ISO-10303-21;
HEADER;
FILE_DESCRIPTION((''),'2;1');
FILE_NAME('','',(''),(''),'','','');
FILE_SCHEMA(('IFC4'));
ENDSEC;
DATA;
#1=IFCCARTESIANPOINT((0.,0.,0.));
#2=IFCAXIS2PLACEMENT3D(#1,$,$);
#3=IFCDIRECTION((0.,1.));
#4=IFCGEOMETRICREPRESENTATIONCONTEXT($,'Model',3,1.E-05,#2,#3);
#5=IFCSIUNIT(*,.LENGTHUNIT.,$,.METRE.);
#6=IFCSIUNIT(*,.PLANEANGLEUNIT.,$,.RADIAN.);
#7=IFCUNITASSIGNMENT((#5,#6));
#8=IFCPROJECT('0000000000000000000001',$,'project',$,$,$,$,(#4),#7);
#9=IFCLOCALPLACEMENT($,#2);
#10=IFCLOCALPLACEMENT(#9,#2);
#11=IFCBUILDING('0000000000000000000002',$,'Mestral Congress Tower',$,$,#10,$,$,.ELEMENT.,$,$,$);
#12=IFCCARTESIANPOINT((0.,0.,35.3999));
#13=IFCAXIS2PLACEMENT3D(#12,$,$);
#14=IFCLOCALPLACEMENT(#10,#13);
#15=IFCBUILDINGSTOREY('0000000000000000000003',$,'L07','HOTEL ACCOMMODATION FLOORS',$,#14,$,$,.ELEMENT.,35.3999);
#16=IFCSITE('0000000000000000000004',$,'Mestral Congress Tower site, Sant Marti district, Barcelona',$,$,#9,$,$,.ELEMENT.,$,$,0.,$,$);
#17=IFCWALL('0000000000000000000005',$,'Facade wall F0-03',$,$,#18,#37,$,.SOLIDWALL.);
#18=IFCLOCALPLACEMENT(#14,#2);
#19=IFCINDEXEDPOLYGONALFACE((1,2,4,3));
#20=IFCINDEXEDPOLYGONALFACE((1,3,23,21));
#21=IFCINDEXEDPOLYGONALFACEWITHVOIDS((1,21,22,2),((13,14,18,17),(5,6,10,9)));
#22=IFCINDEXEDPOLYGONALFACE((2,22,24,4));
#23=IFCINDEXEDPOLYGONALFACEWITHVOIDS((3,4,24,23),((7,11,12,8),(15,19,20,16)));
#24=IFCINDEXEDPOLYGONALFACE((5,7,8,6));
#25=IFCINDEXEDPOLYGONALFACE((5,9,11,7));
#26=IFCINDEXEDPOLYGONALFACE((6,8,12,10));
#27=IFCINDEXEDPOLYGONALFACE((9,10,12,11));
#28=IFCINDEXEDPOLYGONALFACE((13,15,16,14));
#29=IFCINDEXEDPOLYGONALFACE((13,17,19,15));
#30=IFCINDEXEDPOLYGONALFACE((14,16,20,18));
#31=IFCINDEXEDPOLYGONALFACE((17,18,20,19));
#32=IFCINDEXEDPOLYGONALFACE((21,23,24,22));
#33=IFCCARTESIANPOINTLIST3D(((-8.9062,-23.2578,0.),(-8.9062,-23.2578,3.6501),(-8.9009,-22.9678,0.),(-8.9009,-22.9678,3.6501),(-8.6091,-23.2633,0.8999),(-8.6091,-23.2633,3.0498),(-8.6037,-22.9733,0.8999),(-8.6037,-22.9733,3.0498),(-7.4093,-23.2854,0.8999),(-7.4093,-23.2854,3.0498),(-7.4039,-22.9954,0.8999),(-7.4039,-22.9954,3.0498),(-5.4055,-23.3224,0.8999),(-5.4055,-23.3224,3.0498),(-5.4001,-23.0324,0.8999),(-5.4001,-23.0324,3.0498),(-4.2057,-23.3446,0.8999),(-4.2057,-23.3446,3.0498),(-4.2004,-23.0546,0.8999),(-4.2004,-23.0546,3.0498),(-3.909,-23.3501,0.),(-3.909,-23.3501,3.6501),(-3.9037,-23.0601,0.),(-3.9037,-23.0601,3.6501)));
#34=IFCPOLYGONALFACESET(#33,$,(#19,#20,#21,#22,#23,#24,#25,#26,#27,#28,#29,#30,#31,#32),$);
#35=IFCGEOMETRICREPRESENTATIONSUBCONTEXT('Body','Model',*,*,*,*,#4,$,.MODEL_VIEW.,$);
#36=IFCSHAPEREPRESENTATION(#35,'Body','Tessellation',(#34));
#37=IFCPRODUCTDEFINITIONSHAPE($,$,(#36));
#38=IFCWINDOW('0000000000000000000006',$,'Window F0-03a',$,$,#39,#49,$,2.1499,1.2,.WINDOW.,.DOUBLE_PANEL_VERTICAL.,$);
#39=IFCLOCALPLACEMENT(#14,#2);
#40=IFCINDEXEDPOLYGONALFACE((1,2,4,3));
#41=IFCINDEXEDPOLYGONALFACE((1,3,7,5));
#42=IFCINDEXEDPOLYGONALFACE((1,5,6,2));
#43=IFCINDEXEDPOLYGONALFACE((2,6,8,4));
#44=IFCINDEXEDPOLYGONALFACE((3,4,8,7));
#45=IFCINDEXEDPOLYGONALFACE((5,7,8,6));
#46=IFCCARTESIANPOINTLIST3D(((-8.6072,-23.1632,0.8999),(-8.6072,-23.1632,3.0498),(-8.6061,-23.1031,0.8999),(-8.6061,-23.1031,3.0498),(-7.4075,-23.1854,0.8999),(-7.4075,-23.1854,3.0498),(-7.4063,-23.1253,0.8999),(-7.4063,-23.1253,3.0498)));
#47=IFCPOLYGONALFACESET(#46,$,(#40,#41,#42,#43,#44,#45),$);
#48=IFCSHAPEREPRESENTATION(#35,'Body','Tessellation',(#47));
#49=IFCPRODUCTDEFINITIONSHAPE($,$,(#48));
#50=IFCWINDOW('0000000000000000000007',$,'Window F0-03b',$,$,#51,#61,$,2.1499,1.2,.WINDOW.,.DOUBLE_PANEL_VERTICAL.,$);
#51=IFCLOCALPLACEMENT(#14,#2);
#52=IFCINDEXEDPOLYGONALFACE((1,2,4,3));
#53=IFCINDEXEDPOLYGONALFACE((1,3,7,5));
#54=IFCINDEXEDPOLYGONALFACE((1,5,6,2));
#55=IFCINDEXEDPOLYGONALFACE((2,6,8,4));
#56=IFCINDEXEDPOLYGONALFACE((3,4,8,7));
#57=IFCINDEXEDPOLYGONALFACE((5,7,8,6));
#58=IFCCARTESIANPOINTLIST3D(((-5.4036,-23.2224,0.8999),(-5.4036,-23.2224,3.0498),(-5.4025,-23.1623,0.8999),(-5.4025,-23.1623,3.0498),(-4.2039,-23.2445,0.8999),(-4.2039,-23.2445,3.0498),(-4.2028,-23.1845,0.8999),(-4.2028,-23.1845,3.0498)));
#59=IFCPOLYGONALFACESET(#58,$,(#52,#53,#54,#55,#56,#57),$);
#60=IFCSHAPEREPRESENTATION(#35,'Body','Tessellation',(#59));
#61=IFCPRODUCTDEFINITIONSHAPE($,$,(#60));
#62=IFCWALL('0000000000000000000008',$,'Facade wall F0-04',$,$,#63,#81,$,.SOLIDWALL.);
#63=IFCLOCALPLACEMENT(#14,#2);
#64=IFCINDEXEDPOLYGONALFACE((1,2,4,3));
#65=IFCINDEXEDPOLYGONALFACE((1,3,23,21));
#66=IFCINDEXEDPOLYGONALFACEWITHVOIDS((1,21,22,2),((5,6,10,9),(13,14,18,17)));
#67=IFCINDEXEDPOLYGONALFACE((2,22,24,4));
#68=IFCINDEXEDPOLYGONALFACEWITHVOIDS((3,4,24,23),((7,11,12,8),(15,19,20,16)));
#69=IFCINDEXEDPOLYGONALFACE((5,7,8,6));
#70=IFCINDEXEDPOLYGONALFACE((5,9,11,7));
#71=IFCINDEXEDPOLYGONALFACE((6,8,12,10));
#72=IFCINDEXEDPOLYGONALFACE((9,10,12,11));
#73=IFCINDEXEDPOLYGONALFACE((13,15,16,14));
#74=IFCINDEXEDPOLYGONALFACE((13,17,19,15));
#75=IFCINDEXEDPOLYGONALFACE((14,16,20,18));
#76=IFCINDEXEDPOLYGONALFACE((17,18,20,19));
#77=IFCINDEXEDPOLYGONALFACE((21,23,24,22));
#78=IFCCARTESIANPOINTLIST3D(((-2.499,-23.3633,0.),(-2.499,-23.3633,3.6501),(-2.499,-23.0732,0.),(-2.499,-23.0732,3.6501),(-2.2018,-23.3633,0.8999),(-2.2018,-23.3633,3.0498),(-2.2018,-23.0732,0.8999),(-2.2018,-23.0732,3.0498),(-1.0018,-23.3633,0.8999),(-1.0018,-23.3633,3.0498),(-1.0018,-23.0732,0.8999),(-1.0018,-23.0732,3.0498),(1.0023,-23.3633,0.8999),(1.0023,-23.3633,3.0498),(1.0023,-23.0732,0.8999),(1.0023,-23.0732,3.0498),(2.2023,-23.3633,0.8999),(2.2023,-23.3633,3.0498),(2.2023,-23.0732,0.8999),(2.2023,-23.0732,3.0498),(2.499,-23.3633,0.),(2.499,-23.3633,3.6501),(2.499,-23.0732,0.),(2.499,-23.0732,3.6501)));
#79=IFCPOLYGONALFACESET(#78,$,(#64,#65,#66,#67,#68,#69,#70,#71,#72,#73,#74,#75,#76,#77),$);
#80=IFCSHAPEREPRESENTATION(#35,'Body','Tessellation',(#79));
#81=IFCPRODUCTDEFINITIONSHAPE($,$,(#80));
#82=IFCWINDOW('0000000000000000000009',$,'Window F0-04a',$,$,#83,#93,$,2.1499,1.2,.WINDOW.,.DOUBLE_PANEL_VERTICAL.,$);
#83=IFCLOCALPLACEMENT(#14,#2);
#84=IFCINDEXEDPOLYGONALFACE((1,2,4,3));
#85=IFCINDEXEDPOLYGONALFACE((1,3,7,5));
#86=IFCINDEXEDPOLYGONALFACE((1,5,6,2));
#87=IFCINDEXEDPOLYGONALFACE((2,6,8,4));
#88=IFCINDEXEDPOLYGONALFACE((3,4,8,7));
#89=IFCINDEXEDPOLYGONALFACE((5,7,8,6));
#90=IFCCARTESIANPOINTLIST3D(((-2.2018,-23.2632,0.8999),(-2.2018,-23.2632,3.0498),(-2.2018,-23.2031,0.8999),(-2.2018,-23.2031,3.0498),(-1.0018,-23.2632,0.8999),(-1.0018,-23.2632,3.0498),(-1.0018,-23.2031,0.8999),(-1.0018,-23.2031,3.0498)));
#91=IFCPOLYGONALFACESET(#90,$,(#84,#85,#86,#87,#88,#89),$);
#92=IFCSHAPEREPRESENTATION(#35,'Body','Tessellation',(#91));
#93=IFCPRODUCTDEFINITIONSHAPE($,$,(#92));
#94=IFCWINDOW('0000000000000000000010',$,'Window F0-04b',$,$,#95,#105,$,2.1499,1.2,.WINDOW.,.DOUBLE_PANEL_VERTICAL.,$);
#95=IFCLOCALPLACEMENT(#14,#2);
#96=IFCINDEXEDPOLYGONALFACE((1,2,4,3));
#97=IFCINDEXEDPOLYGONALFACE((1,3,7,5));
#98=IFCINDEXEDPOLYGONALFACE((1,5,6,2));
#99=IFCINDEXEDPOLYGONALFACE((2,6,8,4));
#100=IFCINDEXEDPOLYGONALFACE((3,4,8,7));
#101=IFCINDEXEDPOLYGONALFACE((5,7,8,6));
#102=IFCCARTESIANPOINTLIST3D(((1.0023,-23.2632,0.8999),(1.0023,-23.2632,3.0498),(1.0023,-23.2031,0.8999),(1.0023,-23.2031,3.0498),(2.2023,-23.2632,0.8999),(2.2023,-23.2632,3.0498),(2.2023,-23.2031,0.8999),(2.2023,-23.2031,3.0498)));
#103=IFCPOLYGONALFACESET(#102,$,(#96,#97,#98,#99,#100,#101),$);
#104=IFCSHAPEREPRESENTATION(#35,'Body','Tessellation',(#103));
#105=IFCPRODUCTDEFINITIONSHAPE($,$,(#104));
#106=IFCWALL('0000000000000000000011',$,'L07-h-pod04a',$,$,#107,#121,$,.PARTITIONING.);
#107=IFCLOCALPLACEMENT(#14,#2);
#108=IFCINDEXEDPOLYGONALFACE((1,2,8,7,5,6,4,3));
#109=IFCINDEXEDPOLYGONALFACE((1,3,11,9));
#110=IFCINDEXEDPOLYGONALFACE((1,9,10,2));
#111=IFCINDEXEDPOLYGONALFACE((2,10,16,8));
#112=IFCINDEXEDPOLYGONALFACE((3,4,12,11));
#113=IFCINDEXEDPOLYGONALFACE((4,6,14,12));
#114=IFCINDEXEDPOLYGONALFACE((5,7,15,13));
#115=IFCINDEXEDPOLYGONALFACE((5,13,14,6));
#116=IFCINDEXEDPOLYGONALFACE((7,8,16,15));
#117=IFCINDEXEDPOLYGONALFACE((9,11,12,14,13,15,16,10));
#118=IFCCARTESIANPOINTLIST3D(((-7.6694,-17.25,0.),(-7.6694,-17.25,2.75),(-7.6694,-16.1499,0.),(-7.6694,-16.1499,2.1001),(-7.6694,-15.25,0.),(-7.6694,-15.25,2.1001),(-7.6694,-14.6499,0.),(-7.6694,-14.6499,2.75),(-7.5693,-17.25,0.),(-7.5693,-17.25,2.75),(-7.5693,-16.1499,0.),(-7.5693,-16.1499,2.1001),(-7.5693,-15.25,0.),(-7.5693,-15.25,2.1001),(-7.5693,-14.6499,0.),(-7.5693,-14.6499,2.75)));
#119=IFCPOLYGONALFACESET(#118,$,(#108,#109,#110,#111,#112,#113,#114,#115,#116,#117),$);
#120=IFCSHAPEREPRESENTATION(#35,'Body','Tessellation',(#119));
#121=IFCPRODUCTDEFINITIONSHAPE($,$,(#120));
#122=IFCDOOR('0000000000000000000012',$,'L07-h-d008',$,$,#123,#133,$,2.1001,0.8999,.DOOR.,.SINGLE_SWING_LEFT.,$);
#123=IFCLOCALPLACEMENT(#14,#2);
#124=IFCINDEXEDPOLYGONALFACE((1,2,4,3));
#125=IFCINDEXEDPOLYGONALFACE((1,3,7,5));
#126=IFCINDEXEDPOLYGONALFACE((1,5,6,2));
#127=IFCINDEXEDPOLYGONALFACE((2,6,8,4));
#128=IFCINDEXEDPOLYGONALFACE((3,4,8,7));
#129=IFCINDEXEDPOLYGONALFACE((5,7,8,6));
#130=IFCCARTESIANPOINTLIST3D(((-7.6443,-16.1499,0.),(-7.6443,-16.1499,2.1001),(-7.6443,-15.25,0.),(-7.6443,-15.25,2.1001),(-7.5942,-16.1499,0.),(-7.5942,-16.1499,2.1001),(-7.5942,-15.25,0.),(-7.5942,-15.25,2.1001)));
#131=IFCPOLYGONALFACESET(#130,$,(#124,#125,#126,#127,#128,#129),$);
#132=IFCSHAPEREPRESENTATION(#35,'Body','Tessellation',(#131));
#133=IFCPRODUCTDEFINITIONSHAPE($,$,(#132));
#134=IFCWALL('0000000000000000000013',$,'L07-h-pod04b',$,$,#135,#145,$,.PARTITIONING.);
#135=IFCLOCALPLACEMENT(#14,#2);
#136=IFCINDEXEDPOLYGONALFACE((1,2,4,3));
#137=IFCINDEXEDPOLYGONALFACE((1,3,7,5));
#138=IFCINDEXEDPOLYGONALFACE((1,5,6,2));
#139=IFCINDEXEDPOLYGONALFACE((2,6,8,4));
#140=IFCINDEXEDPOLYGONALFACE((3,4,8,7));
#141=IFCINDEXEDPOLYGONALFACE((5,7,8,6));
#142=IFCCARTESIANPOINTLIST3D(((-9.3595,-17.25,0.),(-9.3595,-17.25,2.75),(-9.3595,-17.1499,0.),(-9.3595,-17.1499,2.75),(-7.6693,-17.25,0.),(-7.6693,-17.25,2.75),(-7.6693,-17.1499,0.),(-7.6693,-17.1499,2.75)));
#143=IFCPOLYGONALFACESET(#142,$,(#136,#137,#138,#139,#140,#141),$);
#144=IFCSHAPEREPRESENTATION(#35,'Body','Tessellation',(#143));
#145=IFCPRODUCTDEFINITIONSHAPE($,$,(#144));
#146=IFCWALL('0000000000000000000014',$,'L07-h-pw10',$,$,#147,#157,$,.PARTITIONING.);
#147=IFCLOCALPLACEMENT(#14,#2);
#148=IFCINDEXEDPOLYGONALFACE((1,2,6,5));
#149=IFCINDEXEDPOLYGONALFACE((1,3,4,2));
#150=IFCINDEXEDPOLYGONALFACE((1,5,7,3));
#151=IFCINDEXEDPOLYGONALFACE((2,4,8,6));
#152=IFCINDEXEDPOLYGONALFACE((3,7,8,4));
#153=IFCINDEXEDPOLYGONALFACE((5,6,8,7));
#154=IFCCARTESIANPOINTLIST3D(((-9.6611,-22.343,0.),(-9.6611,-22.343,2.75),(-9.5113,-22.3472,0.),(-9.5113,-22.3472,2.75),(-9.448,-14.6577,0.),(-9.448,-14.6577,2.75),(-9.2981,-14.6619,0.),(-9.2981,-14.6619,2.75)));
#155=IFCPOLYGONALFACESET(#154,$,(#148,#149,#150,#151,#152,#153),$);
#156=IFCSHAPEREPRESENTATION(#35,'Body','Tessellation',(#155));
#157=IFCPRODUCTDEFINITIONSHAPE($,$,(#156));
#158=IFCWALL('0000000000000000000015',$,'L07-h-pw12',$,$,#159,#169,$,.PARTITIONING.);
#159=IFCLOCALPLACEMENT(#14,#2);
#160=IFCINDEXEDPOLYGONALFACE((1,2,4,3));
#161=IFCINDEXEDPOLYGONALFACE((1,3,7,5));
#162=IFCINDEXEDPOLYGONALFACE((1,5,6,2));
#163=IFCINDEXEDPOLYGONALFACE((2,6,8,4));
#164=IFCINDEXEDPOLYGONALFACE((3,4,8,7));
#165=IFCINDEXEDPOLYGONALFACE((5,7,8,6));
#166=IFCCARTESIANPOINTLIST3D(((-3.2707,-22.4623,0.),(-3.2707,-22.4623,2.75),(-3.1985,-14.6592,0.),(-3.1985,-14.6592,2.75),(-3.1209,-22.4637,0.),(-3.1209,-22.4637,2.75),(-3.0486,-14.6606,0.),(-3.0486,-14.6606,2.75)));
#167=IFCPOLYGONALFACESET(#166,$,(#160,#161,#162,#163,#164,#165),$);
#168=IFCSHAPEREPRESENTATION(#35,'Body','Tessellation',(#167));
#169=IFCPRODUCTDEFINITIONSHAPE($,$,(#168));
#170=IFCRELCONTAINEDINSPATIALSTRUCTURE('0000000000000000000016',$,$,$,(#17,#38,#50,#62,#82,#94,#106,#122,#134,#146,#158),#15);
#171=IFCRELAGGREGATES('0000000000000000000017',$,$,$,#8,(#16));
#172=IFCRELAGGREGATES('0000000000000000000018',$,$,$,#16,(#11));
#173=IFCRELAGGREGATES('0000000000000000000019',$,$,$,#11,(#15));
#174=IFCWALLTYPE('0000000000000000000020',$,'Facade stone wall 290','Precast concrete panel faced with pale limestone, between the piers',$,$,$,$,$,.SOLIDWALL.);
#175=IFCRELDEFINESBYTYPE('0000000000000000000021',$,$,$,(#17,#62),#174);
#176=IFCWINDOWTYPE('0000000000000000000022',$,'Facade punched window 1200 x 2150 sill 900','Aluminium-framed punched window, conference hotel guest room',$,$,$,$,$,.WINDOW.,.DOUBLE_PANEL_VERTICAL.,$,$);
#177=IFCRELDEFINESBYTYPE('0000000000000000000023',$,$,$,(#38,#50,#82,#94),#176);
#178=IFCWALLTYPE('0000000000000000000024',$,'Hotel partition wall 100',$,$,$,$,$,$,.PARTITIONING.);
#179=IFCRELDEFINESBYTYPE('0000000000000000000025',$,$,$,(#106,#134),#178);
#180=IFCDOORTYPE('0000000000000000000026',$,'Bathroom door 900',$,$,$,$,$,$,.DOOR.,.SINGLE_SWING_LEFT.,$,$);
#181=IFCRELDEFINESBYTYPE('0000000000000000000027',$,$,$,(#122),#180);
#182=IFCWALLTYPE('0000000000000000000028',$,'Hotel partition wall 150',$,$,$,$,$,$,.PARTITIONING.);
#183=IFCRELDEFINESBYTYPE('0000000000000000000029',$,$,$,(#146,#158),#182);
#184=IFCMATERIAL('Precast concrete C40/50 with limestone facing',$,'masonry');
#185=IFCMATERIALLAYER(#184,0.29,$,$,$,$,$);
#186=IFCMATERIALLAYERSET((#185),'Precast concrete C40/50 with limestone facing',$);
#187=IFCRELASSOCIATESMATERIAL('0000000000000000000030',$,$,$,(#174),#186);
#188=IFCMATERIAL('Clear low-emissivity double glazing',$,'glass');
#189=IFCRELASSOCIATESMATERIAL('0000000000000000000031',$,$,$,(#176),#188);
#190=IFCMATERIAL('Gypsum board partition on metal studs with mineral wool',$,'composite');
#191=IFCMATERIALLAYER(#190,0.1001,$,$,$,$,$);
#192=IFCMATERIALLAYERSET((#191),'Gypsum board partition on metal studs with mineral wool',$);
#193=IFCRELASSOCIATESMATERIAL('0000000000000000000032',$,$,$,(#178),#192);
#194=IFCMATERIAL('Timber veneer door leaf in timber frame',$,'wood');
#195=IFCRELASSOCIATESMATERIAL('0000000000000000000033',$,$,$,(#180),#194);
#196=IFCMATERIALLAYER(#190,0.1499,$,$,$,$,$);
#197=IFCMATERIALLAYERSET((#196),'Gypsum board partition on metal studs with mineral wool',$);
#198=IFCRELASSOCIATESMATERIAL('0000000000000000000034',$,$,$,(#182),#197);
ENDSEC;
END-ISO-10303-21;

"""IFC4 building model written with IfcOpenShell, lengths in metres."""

from ifc_helpers import new_model, si_unit, direction, frame, frame_2d, origin, place, context, subcontext, project, spatial, rectangle, extrude, material, layer, layer_set, type_object, element, fill, save


model = new_model("IFC4")

# Units and contexts
model_context = context("Model", 3, precision=1e-05, world=origin(), true_north=direction((0.0, 1.0)))
body_context = subcontext(model_context, "Body", "Model", "MODEL_VIEW")
ifc_project = project(units=[si_unit("LENGTHUNIT", "METRE"), si_unit("PLANEANGLEUNIT", "RADIAN")], contexts=[model_context])

# Site, building, storey
site_placement = place(None, origin())
site = spatial("IfcSite", under=ifc_project, at=site_placement, Name="Mestral Congress Tower site, Sant Marti district, Barcelona", CompositionType="ELEMENT", RefElevation=0.0)
building_placement = place(site_placement, origin())
building = spatial("IfcBuilding", under=site, at=building_placement, Name="Mestral Congress Tower", CompositionType="ELEMENT")
storey_placement = place(building_placement, frame((0.0, 0.0, 35.3999)))
storey = spatial("IfcBuildingStorey", under=building, at=storey_placement, Name="L07", Description="HOTEL ACCOMMODATION FLOORS", CompositionType="ELEMENT", Elevation=35.3999)

# Walls, openings, windows
ifc_material_1 = material(Name="Precast concrete C40/50 with limestone facing", Category="masonry")
ifc_layer_1 = layer(ifc_material_1, 0.29)
ifc_layer_set_1 = layer_set([ifc_layer_1], Name="Precast concrete C40/50 with limestone facing")
wall_type_1 = type_object("IfcWallType", Name="Facade stone wall 290", Description="Precast concrete panel faced with pale limestone, between the piers", PredefinedType="SOLIDWALL", material=ifc_layer_set_1)
wall_1_placement = place(storey_placement, frame((-8.9036, -23.1128, 0.0), z_axis=(0.0, 0.0, 1.0), x_axis=(0.99983, -0.018464, 0.0)))
wall_1 = element("IfcWall", 1, at=wall_1_placement, inside=storey, type_object=wall_type_1, Name="Facade wall F0-03", PredefinedType="SOLIDWALL", context=body_context, shape_type="SweptSolid", body=[
    extrude(rectangle(XDim=4.998, YDim=0.29, at=frame_2d((2.499, 0.0))), origin(), (0.0, 0.0, 1.0), 3.6501),
])
opening_1_placement = place(wall_1_placement, frame((0.2971, 0.0, 0.8999)))
opening_1 = element("IfcOpeningElement", 2, at=opening_1_placement, cuts=wall_1, PredefinedType="OPENING", context=body_context, shape_type="SweptSolid", body=[
    extrude(rectangle(XDim=1.2, YDim=2.1499, at=frame_2d((0.6001, 1.075))), frame((0.0, 0.155, 0.0), z_axis=(0.0, -1.0, 0.0), x_axis=(1.0, 0.0, 0.0)), (0.0, 0.0, 1.0), 0.3101),
])
opening_2_placement = place(wall_1_placement, frame((3.5012, 0.0, 0.8999)))
opening_2 = element("IfcOpeningElement", 3, at=opening_2_placement, cuts=wall_1, PredefinedType="OPENING", context=body_context, shape_type="SweptSolid", body=[
    extrude(rectangle(XDim=1.2, YDim=2.1499, at=frame_2d((0.6001, 1.075))), frame((0.0, 0.155, 0.0), z_axis=(0.0, -1.0, 0.0), x_axis=(1.0, 0.0, 0.0)), (0.0, 0.0, 1.0), 0.3101),
])
ifc_material_2 = material(Name="Clear low-emissivity double glazing", Category="glass")
window_type = type_object("IfcWindowType", Name="Facade punched window 1200 x 2150 sill 900", Description="Aluminium-framed punched window, conference hotel guest room", PartitioningType="DOUBLE_PANEL_VERTICAL", PredefinedType="WINDOW", material=ifc_material_2)
window_1_placement = place(opening_1_placement, origin())
window_1 = element("IfcWindow", 4, at=window_1_placement, inside=storey, type_object=window_type, Name="Window F0-03a", OverallHeight=2.1499, OverallWidth=1.2, PartitioningType="DOUBLE_PANEL_VERTICAL", PredefinedType="WINDOW", context=body_context, shape_type="SweptSolid", body=[
    extrude(rectangle(XDim=1.2, YDim=2.1499, at=frame_2d((0.6001, 1.075))), frame((0.0, 0.0151, 0.0), z_axis=(0.0, -1.0, 0.0), x_axis=(1.0, 0.0, 0.0)), (0.0, 0.0, 1.0), 0.0601),
])
fill(opening_1, window_1)
window_2_placement = place(opening_2_placement, origin())
window_2 = element("IfcWindow", 5, at=window_2_placement, inside=storey, type_object=window_type, Name="Window F0-03b", OverallHeight=2.1499, OverallWidth=1.2, PartitioningType="DOUBLE_PANEL_VERTICAL", PredefinedType="WINDOW", context=body_context, shape_type="SweptSolid", body=[
    extrude(rectangle(XDim=1.2, YDim=2.1499, at=frame_2d((0.6001, 1.075))), frame((0.0, 0.0151, 0.0), z_axis=(0.0, -1.0, 0.0), x_axis=(1.0, 0.0, 0.0)), (0.0, 0.0, 1.0), 0.0601),
])
fill(opening_2, window_2)
wall_2_placement = place(storey_placement, frame((-2.499, -23.2183, 0.0), z_axis=(0.0, 0.0, 1.0), x_axis=(1.0, 0.0, 0.0)))
wall_2 = element("IfcWall", 6, at=wall_2_placement, inside=storey, type_object=wall_type_1, Name="Facade wall F0-04", PredefinedType="SOLIDWALL", context=body_context, shape_type="SweptSolid", body=[
    extrude(rectangle(XDim=4.998, YDim=0.29, at=frame_2d((2.499, 0.0))), origin(), (0.0, 0.0, 1.0), 3.6501),
])
opening_3_placement = place(wall_2_placement, frame((0.2971, 0.0, 0.8999)))
opening_3 = element("IfcOpeningElement", 7, at=opening_3_placement, cuts=wall_2, PredefinedType="OPENING", context=body_context, shape_type="SweptSolid", body=[
    extrude(rectangle(XDim=1.2, YDim=2.1499, at=frame_2d((0.6001, 1.075))), frame((0.0, 0.155, 0.0), z_axis=(0.0, -1.0, 0.0), x_axis=(1.0, 0.0, 0.0)), (0.0, 0.0, 1.0), 0.3101),
])
opening_4_placement = place(wall_2_placement, frame((3.5012, 0.0, 0.8999)))
opening_4 = element("IfcOpeningElement", 8, at=opening_4_placement, cuts=wall_2, PredefinedType="OPENING", context=body_context, shape_type="SweptSolid", body=[
    extrude(rectangle(XDim=1.2, YDim=2.1499, at=frame_2d((0.6001, 1.075))), frame((0.0, 0.155, 0.0), z_axis=(0.0, -1.0, 0.0), x_axis=(1.0, 0.0, 0.0)), (0.0, 0.0, 1.0), 0.3101),
])
window_3_placement = place(opening_3_placement, origin())
window_3 = element("IfcWindow", 9, at=window_3_placement, inside=storey, type_object=window_type, Name="Window F0-04a", OverallHeight=2.1499, OverallWidth=1.2, PartitioningType="DOUBLE_PANEL_VERTICAL", PredefinedType="WINDOW", context=body_context, shape_type="SweptSolid", body=[
    extrude(rectangle(XDim=1.2, YDim=2.1499, at=frame_2d((0.6001, 1.075))), frame((0.0, 0.0151, 0.0), z_axis=(0.0, -1.0, 0.0), x_axis=(1.0, 0.0, 0.0)), (0.0, 0.0, 1.0), 0.0601),
])
fill(opening_3, window_3)
window_4_placement = place(opening_4_placement, origin())
window_4 = element("IfcWindow", 10, at=window_4_placement, inside=storey, type_object=window_type, Name="Window F0-04b", OverallHeight=2.1499, OverallWidth=1.2, PartitioningType="DOUBLE_PANEL_VERTICAL", PredefinedType="WINDOW", context=body_context, shape_type="SweptSolid", body=[
    extrude(rectangle(XDim=1.2, YDim=2.1499, at=frame_2d((0.6001, 1.075))), frame((0.0, 0.0151, 0.0), z_axis=(0.0, -1.0, 0.0), x_axis=(1.0, 0.0, 0.0)), (0.0, 0.0, 1.0), 0.0601),
])
fill(opening_4, window_4)

# Wall, opening, door
ifc_material_3 = material(Name="Gypsum board partition on metal studs with mineral wool", Category="composite")
ifc_layer_2 = layer(ifc_material_3, 0.1001)
ifc_layer_set_2 = layer_set([ifc_layer_2], Name="Gypsum board partition on metal studs with mineral wool")
wall_type_2 = type_object("IfcWallType", Name="Hotel partition wall 100", PredefinedType="PARTITIONING", material=ifc_layer_set_2)
wall_3_placement = place(storey_placement, frame((-7.6194, -17.25, 0.0), z_axis=(0.0, 0.0, 1.0), x_axis=(0.0, 1.0, 0.0)))
wall_3 = element("IfcWall", 11, at=wall_3_placement, inside=storey, type_object=wall_type_2, Name="L07-h-pod04a", PredefinedType="PARTITIONING", context=body_context, shape_type="SweptSolid", body=[
    extrude(rectangle(XDim=2.6001, YDim=0.1001, at=frame_2d((1.3, 0.0))), origin(), (0.0, 0.0, 1.0), 2.75),
])
opening_5_placement = place(wall_3_placement, frame((1.1001, 0.0, 0.0)))
opening_5 = element("IfcOpeningElement", 12, at=opening_5_placement, cuts=wall_3, PredefinedType="OPENING", context=body_context, shape_type="SweptSolid", body=[
    extrude(rectangle(XDim=0.8999, YDim=2.1001, at=frame_2d((0.45, 1.05))), frame((0.0, 0.0601, 0.0), z_axis=(0.0, -1.0, 0.0), x_axis=(1.0, 0.0, 0.0)), (0.0, 0.0, 1.0), 0.1201),
])
ifc_material_4 = material(Name="Timber veneer door leaf in timber frame", Category="wood")
door_type = type_object("IfcDoorType", Name="Bathroom door 900", OperationType="SINGLE_SWING_LEFT", PredefinedType="DOOR", material=ifc_material_4)
door_placement = place(opening_5_placement, origin())
door = element("IfcDoor", 13, at=door_placement, inside=storey, type_object=door_type, Name="L07-h-d008", OperationType="SINGLE_SWING_LEFT", OverallHeight=2.1001, OverallWidth=0.8999, PredefinedType="DOOR", context=body_context, shape_type="SweptSolid", body=[
    extrude(rectangle(XDim=0.8999, YDim=2.1001, at=frame_2d((0.45, 1.05))), frame((0.0, 0.0249, 0.0), z_axis=(0.0, -1.0, 0.0), x_axis=(1.0, 0.0, 0.0)), (0.0, 0.0, 1.0), 0.05),
])
fill(opening_5, door)

# Walls
wall_4_placement = place(storey_placement, frame((-7.6692, -17.2, 0.0), z_axis=(0.0, 0.0, 1.0), x_axis=(-1.0, 0.0, 0.0)))
element("IfcWall", 14, at=wall_4_placement, inside=storey, type_object=wall_type_2, Name="L07-h-pod04b", PredefinedType="PARTITIONING", context=body_context, shape_type="SweptSolid", body=[
    extrude(rectangle(XDim=1.6902, YDim=0.1001, at=frame_2d((0.8452, 0.0))), origin(), (0.0, 0.0, 1.0), 2.75),
])
ifc_layer_3 = layer(ifc_material_3, 0.1499)
ifc_layer_set_3 = layer_set([ifc_layer_3], Name="Gypsum board partition on metal studs with mineral wool")
wall_type_3 = type_object("IfcWallType", Name="Hotel partition wall 150", PredefinedType="PARTITIONING", material=ifc_layer_set_3)
wall_5_placement = place(storey_placement, frame((-9.5862, -22.3452, 0.0), z_axis=(0.0, 0.0, 1.0), x_axis=(0.027722, 0.999616, 0.0)))
element("IfcWall", 15, at=wall_5_placement, inside=storey, type_object=wall_type_3, Name="L07-h-pw10", PredefinedType="PARTITIONING", context=body_context, shape_type="SweptSolid", body=[
    extrude(rectangle(XDim=7.6882, YDim=0.1499, at=frame_2d((3.8442, 0.0))), origin(), (0.0, 0.0, 1.0), 2.75),
])
wall_6_placement = place(storey_placement, frame((-3.1958, -22.4631, 0.0), z_axis=(0.0, 0.0, 1.0), x_axis=(0.009261, 0.999957, 0.0)))
element("IfcWall", 16, at=wall_6_placement, inside=storey, type_object=wall_type_3, Name="L07-h-pw12", PredefinedType="PARTITIONING", context=body_context, shape_type="SweptSolid", body=[
    extrude(rectangle(XDim=7.8035, YDim=0.1499, at=frame_2d((3.9019, 0.0))), origin(), (0.0, 0.0, 1.0), 2.75),
])

save(model, "model.ifc")
